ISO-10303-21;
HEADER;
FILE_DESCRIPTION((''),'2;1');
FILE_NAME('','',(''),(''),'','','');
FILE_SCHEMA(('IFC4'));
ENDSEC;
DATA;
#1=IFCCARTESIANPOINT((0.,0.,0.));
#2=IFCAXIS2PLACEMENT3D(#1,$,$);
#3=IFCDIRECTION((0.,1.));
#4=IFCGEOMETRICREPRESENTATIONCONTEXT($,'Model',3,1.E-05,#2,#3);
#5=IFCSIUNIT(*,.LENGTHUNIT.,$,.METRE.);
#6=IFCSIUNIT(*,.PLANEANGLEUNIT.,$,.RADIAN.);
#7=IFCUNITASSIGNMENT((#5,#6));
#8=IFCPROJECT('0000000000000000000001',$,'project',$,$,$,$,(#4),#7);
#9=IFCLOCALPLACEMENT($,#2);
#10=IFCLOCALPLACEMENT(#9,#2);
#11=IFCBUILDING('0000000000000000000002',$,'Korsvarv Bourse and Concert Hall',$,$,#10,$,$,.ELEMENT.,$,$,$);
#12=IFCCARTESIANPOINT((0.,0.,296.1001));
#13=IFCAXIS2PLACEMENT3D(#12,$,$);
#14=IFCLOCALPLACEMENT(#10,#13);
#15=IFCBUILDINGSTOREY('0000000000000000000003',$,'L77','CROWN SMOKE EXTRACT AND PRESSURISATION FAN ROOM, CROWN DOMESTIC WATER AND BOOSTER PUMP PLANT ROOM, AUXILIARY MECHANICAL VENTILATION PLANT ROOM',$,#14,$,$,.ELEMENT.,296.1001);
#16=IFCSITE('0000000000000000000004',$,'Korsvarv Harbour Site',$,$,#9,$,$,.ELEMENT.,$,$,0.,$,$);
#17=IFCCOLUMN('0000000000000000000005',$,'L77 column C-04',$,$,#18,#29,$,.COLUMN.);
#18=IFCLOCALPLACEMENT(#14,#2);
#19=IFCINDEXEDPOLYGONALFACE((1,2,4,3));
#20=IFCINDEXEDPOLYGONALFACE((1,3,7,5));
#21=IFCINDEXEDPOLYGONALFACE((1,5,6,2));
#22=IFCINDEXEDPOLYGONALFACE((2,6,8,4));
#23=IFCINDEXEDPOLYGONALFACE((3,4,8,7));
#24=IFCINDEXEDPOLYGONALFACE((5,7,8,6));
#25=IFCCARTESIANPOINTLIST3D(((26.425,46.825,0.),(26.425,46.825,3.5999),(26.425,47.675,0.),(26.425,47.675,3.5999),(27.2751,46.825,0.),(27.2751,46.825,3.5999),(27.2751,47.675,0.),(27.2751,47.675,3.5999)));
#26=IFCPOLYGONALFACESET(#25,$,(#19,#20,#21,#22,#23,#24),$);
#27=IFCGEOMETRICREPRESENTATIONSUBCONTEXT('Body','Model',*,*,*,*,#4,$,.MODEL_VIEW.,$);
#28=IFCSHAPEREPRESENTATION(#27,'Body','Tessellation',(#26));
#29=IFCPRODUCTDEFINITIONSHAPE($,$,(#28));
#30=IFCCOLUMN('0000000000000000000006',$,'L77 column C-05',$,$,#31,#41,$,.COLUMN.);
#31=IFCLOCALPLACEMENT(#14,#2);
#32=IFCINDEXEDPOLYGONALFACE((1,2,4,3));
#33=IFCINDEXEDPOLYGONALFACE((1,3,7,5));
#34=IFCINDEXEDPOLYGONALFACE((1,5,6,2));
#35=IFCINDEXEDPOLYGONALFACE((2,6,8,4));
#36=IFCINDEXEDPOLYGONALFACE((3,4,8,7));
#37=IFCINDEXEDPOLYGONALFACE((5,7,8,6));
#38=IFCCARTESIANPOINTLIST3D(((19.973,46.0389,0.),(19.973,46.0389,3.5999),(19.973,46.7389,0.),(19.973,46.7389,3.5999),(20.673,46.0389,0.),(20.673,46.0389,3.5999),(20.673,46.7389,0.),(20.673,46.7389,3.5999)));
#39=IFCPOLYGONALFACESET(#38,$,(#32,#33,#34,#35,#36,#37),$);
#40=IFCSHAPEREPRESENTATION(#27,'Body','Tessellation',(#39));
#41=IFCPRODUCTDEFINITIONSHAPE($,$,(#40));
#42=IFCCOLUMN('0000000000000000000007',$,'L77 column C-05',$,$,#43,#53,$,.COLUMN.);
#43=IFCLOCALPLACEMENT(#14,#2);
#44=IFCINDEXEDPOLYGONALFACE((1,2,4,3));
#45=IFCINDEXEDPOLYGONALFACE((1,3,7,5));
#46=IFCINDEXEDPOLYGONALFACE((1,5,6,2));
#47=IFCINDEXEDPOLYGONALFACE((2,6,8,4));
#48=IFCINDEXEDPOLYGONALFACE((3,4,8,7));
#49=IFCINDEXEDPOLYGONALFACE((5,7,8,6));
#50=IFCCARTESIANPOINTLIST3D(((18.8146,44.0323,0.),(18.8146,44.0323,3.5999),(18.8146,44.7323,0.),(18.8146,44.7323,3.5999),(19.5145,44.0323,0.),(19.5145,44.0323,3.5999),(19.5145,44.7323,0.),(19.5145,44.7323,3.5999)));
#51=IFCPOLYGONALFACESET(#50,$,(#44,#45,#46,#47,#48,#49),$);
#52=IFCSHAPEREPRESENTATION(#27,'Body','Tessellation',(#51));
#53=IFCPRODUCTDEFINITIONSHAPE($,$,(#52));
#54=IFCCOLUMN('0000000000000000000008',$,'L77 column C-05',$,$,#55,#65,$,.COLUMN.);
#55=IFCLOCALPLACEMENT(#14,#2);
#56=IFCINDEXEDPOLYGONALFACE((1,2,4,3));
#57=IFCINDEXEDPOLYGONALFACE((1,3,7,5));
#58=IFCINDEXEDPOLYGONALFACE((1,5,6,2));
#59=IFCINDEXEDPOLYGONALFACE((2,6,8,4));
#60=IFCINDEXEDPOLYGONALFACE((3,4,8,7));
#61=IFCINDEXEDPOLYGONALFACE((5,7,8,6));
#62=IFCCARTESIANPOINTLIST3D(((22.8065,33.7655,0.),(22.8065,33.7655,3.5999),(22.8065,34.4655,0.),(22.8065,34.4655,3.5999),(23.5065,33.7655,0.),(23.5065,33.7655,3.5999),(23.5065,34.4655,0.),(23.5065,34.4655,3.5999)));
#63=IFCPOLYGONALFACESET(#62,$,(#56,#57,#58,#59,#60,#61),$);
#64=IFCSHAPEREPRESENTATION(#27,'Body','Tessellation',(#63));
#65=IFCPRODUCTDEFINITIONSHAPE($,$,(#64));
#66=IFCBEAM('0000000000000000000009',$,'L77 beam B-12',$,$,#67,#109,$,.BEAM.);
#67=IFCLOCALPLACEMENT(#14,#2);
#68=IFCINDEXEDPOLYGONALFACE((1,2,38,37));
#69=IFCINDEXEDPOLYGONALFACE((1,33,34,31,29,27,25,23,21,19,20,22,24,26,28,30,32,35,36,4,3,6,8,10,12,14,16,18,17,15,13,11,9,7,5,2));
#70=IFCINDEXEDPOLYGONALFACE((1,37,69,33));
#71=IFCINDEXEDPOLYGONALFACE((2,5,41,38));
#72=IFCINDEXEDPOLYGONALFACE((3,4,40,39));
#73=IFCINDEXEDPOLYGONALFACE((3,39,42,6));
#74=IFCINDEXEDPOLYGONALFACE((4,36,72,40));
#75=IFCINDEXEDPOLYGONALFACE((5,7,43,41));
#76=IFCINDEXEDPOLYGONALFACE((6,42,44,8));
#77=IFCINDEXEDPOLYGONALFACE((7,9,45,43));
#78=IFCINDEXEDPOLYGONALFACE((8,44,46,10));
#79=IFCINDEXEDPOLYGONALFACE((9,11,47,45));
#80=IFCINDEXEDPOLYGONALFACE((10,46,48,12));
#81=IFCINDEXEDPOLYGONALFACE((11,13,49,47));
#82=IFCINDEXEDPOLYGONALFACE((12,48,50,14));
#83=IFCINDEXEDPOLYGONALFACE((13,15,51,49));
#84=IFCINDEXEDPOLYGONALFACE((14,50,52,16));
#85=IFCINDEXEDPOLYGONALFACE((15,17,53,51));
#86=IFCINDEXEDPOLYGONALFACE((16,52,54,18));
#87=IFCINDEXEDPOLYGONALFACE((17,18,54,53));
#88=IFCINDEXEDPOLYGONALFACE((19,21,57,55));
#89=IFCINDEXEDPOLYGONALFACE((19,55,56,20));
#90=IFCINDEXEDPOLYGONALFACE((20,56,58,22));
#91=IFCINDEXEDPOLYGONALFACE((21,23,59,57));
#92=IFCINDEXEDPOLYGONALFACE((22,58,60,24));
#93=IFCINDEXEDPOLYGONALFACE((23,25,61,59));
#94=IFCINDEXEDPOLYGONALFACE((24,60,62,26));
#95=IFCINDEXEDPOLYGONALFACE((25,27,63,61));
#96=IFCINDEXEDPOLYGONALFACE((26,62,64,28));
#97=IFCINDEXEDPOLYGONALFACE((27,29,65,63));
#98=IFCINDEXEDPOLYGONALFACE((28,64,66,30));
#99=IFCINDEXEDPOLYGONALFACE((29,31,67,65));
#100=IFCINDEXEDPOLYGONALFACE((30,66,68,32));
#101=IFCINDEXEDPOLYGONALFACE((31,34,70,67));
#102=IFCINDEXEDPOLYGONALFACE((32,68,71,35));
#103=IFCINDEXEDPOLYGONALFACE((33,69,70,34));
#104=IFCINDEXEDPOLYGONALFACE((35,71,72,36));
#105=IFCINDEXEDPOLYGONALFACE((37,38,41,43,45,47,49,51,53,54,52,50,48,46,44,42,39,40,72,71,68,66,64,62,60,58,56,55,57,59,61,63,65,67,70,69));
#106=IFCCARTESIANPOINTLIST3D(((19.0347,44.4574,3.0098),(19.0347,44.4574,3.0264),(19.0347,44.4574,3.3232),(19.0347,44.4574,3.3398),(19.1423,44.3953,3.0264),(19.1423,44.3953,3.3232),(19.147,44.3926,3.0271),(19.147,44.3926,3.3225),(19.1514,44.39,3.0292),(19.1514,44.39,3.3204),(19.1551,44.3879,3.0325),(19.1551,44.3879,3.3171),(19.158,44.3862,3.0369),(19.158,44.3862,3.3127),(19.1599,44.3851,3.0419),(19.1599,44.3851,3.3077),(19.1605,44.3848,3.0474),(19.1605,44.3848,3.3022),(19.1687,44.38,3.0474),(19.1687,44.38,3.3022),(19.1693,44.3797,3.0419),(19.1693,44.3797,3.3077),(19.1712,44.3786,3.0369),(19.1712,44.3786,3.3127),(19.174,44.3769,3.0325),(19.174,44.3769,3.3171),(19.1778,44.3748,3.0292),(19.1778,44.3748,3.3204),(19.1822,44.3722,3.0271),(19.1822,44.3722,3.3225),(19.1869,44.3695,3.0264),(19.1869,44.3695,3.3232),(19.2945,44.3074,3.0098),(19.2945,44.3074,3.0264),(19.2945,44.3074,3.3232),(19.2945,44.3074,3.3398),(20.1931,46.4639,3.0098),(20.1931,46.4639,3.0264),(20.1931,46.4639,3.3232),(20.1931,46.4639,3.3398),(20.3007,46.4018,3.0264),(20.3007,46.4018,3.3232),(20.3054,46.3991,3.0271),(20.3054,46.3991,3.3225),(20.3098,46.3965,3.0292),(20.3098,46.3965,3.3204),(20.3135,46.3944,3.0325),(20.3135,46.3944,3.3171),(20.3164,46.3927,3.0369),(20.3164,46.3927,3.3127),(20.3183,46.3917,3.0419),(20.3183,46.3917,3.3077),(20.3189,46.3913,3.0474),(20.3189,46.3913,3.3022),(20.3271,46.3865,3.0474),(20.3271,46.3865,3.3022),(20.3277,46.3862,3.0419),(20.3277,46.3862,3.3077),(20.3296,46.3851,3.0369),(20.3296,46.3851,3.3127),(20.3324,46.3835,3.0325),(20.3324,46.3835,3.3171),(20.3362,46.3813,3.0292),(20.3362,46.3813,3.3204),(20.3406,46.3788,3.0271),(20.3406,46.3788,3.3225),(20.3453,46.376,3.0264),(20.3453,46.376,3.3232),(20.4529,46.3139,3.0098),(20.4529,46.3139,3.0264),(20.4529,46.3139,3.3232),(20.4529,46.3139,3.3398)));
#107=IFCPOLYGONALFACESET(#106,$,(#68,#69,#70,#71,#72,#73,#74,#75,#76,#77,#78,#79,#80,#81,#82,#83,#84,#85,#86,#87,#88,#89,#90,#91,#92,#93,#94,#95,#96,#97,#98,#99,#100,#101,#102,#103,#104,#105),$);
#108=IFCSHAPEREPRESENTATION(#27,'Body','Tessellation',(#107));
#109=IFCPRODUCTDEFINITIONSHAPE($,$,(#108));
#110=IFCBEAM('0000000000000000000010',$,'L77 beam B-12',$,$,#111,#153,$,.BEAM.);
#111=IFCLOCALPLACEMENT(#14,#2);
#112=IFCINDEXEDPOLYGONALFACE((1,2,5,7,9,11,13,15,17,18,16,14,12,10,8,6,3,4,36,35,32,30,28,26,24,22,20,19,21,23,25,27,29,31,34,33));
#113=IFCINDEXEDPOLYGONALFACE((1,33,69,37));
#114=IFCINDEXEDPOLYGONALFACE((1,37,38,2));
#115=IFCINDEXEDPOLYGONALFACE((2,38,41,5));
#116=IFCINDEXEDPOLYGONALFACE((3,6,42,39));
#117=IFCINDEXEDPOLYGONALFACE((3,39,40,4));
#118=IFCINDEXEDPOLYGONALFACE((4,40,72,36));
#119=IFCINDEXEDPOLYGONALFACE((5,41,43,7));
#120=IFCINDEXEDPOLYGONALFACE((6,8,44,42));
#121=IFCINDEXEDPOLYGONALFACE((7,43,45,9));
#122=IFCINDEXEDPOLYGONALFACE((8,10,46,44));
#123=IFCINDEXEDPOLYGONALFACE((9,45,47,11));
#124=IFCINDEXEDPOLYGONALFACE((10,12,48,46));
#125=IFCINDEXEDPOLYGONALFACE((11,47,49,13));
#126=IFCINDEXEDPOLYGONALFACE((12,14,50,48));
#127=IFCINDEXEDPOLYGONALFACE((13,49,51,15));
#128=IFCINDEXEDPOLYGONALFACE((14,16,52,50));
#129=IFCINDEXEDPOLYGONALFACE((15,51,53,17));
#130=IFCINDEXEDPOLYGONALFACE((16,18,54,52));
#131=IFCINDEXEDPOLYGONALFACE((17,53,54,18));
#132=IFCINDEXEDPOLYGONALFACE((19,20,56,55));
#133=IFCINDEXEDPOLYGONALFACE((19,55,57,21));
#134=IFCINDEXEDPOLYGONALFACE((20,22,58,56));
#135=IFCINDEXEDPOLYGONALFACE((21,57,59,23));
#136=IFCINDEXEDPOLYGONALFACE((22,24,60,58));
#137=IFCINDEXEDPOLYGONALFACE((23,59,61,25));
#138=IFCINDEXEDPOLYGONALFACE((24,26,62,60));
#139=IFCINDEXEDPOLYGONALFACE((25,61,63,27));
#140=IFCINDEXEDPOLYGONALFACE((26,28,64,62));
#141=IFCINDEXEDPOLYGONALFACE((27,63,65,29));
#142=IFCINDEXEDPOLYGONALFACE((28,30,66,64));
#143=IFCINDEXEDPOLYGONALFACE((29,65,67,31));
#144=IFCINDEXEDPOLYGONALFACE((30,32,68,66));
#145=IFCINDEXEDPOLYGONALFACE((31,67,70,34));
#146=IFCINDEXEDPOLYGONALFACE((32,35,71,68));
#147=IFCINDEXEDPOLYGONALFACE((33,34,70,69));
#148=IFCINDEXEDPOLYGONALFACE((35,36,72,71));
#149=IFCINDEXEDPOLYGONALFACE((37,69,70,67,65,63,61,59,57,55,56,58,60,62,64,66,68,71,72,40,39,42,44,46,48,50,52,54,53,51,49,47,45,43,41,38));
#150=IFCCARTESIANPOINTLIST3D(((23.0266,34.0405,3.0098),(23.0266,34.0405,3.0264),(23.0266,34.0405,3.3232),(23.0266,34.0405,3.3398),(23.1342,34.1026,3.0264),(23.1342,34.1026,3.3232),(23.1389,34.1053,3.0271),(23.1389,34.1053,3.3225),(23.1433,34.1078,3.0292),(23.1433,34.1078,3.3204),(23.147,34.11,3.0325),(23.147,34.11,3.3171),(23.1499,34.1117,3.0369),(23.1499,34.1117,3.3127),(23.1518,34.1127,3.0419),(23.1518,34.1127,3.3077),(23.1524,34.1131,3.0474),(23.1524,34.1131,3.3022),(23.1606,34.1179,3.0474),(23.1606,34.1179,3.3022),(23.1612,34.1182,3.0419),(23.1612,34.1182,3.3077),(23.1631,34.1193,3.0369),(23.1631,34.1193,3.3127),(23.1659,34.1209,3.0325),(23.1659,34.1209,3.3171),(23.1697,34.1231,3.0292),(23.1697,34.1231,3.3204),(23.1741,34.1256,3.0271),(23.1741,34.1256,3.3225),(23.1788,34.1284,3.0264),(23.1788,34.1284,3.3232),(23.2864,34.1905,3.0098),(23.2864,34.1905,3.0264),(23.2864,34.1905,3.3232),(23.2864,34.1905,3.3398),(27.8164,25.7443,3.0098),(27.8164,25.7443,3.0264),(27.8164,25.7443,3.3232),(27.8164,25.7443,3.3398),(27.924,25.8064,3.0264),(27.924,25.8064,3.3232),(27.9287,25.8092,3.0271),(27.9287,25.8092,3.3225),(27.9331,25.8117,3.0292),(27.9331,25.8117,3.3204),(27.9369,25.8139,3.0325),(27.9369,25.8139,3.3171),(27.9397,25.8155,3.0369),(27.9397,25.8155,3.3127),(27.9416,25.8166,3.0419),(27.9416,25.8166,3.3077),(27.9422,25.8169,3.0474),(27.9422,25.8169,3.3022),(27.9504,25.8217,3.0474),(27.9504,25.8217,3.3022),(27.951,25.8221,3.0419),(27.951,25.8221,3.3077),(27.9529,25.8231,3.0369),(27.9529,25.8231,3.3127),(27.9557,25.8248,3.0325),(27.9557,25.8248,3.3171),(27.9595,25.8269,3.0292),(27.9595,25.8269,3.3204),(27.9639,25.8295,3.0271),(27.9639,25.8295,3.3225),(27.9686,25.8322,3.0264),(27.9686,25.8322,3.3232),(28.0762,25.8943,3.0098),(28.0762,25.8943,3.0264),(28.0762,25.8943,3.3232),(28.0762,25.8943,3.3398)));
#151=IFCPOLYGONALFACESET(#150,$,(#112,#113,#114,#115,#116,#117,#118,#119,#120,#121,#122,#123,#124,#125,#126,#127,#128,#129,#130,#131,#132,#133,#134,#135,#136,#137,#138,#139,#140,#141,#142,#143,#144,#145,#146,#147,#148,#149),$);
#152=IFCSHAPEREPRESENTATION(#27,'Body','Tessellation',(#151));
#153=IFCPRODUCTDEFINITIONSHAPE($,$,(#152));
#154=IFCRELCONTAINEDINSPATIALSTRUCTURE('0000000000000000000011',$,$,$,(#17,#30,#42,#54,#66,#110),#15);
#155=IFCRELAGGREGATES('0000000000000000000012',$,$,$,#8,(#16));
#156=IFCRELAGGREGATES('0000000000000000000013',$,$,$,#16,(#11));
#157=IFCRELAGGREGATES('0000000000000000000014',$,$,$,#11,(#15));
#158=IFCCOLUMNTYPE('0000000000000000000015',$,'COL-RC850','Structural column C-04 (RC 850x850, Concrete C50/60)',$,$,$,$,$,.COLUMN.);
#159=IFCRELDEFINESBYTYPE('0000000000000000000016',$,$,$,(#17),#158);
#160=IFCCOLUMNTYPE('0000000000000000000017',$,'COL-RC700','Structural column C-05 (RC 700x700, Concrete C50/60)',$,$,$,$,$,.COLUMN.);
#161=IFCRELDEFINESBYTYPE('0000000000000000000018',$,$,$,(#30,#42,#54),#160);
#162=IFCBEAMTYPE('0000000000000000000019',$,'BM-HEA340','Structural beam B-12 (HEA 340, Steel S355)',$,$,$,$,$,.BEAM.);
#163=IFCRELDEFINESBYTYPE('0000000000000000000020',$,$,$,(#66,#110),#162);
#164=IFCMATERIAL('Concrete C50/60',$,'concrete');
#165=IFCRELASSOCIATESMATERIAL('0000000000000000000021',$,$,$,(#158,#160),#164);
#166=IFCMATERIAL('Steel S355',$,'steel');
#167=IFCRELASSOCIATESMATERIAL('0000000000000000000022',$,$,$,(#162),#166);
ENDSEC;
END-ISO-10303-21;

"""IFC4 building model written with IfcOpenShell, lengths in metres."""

from ifc_helpers import new_model, si_unit, direction, frame, origin, origin_2d, place, context, subcontext, project, spatial, rectangle, i_section, extrude, source, transform, mapped, material, material_profile, profile_set, type_object, element, save


model = new_model("IFC4")

# Units and contexts
model_context = context("Model", 3, precision=1e-05, world=origin(), true_north=direction((0.0, 1.0)))
body_context = subcontext(model_context, "Body", "Model", "MODEL_VIEW")
ifc_project = project(units=[si_unit("LENGTHUNIT", "METRE"), si_unit("PLANEANGLEUNIT", "RADIAN")], contexts=[model_context])

# Site, building, storey
site_placement = place(None, origin())
site = spatial("IfcSite", under=ifc_project, at=site_placement, Name="Korsvarv Harbour Site", CompositionType="ELEMENT", RefElevation=0.0)
building_placement = place(site_placement, origin())
building = spatial("IfcBuilding", under=site, at=building_placement, Name="Korsvarv Bourse and Concert Hall", CompositionType="ELEMENT")
storey_placement = place(building_placement, frame((0.0, 0.0, 296.1001)))
storey = spatial("IfcBuildingStorey", under=building, at=storey_placement, Name="L77", Description="CROWN SMOKE EXTRACT AND PRESSURISATION FAN ROOM, CROWN DOMESTIC WATER AND BOOSTER PUMP PLANT ROOM, AUXILIARY MECHANICAL VENTILATION PLANT ROOM", CompositionType="ELEMENT", Elevation=296.1001)

# Columns
ifc_material_1 = material(Name="Concrete C50/60", Category="concrete")
ifc_material_profile_1 = material_profile(ifc_material_1, rectangle(XDim=0.8501, YDim=0.8501, at=origin_2d()), Name="RC 850x850")
ifc_profile_set_1 = profile_set([ifc_material_profile_1], Name="Concrete C50/60")
column_type_1 = type_object("IfcColumnType", Name="COL-RC850", Description="Structural column C-04 (RC 850x850, Concrete C50/60)", PredefinedType="COLUMN", material=ifc_profile_set_1)
shared_shape_1 = source(origin(), body_context, "Body", "SweptSolid", [
    extrude(rectangle(XDim=0.8501, YDim=0.8501, at=origin_2d()), origin(), (0.0, 0.0, 1.0), 3.5999),
])
column_placement = place(storey_placement, frame((26.8501, 47.25, 0.0), z_axis=(0.0, 0.0, 1.0), x_axis=(1.0, 0.0, 0.0)))
element("IfcColumn", 1, at=column_placement, inside=storey, type_object=column_type_1, Name="L77 column C-04", PredefinedType="COLUMN", context=body_context, shape_type="MappedRepresentation", body=[
    mapped(shared_shape_1, transform((0.0, 0.0, 0.0), scale=1.0)),
])
ifc_material_profile_2 = material_profile(ifc_material_1, rectangle(XDim=0.7, YDim=0.7, at=origin_2d()), Name="RC 700x700")
ifc_profile_set_2 = profile_set([ifc_material_profile_2], Name="Concrete C50/60")
column_type_2 = type_object("IfcColumnType", Name="COL-RC700", Description="Structural column C-05 (RC 700x700, Concrete C50/60)", PredefinedType="COLUMN", material=ifc_profile_set_2)
shared_shape_2 = source(origin(), body_context, "Body", "SweptSolid", [
    extrude(rectangle(XDim=0.7, YDim=0.7, at=origin_2d()), origin(), (0.0, 0.0, 1.0), 3.5999),
])
for number, where, z_axis, x_axis, name in (
    (2, (20.323, 46.3889, 0.0), (0.0, 0.0, 1.0), (1.0, 0.0, 0.0), "L77 column C-05"),
    (3, (19.1646, 44.3823, 0.0), (0.0, 0.0, 1.0), (1.0, 0.0, 0.0), "L77 column C-05"),
    (4, (23.1565, 34.1155, 0.0), (0.0, 0.0, 1.0), (1.0, 0.0, 0.0), "L77 column C-05"),
):
    element("IfcColumn", number, at=place(storey_placement, frame(where, z_axis=z_axis, x_axis=x_axis)), inside=storey, type_object=column_type_2, Name=name, PredefinedType="COLUMN", context=body_context, shape_type="MappedRepresentation", body=[
        mapped(shared_shape_2, transform((0.0, 0.0, 0.0), scale=1.0)),
    ])

# Beams
ifc_material_2 = material(Name="Steel S355", Category="steel")
ifc_material_profile_3 = material_profile(ifc_material_2, i_section(OverallWidth=0.3, OverallDepth=0.3301, WebThickness=0.0095, FlangeThickness=0.0166, FilletRadius=0.021, at=origin_2d()), Name="HEA 340")
ifc_profile_set_3 = profile_set([ifc_material_profile_3], Name="Steel S355")
beam_type = type_object("IfcBeamType", Name="BM-HEA340", Description="Structural beam B-12 (HEA 340, Steel S355)", PredefinedType="BEAM", material=ifc_profile_set_3)
shared_shape_3 = source(origin(), body_context, "Body", "SweptSolid", [
    extrude(i_section(OverallWidth=0.3, OverallDepth=0.3301, WebThickness=0.0095, FlangeThickness=0.0166, FilletRadius=0.021, at=origin_2d()), origin(), (0.0, 0.0, 1.0), 2.3169),
])
beam_1_placement = place(storey_placement, frame((20.323, 46.3889, 3.1748), z_axis=(-0.499981, -0.866036, 0.0), x_axis=(0.866036, -0.499981, 0.0)))
element("IfcBeam", 5, at=beam_1_placement, inside=storey, type_object=beam_type, Name="L77 beam B-12", PredefinedType="BEAM", context=body_context, shape_type="MappedRepresentation", body=[
    mapped(shared_shape_3, transform((0.0, 0.0, 0.0), scale=1.0)),
])
shared_shape_4 = source(origin(), body_context, "Body", "SweptSolid", [
    extrude(i_section(OverallWidth=0.3, OverallDepth=0.3301, WebThickness=0.0095, FlangeThickness=0.0166, FilletRadius=0.021, at=origin_2d()), origin(), (0.0, 0.0, 1.0), 9.5796),
])
beam_2_placement = place(storey_placement, frame((23.1565, 34.1155, 3.1748), z_axis=(0.500001, -0.866025, 0.0), x_axis=(0.866025, 0.500001, 0.0)))
element("IfcBeam", 6, at=beam_2_placement, inside=storey, type_object=beam_type, Name="L77 beam B-12", PredefinedType="BEAM", context=body_context, shape_type="MappedRepresentation", body=[
    mapped(shared_shape_4, transform((0.0, 0.0, 0.0), scale=1.0)),
])

save(model, "model.ifc")
